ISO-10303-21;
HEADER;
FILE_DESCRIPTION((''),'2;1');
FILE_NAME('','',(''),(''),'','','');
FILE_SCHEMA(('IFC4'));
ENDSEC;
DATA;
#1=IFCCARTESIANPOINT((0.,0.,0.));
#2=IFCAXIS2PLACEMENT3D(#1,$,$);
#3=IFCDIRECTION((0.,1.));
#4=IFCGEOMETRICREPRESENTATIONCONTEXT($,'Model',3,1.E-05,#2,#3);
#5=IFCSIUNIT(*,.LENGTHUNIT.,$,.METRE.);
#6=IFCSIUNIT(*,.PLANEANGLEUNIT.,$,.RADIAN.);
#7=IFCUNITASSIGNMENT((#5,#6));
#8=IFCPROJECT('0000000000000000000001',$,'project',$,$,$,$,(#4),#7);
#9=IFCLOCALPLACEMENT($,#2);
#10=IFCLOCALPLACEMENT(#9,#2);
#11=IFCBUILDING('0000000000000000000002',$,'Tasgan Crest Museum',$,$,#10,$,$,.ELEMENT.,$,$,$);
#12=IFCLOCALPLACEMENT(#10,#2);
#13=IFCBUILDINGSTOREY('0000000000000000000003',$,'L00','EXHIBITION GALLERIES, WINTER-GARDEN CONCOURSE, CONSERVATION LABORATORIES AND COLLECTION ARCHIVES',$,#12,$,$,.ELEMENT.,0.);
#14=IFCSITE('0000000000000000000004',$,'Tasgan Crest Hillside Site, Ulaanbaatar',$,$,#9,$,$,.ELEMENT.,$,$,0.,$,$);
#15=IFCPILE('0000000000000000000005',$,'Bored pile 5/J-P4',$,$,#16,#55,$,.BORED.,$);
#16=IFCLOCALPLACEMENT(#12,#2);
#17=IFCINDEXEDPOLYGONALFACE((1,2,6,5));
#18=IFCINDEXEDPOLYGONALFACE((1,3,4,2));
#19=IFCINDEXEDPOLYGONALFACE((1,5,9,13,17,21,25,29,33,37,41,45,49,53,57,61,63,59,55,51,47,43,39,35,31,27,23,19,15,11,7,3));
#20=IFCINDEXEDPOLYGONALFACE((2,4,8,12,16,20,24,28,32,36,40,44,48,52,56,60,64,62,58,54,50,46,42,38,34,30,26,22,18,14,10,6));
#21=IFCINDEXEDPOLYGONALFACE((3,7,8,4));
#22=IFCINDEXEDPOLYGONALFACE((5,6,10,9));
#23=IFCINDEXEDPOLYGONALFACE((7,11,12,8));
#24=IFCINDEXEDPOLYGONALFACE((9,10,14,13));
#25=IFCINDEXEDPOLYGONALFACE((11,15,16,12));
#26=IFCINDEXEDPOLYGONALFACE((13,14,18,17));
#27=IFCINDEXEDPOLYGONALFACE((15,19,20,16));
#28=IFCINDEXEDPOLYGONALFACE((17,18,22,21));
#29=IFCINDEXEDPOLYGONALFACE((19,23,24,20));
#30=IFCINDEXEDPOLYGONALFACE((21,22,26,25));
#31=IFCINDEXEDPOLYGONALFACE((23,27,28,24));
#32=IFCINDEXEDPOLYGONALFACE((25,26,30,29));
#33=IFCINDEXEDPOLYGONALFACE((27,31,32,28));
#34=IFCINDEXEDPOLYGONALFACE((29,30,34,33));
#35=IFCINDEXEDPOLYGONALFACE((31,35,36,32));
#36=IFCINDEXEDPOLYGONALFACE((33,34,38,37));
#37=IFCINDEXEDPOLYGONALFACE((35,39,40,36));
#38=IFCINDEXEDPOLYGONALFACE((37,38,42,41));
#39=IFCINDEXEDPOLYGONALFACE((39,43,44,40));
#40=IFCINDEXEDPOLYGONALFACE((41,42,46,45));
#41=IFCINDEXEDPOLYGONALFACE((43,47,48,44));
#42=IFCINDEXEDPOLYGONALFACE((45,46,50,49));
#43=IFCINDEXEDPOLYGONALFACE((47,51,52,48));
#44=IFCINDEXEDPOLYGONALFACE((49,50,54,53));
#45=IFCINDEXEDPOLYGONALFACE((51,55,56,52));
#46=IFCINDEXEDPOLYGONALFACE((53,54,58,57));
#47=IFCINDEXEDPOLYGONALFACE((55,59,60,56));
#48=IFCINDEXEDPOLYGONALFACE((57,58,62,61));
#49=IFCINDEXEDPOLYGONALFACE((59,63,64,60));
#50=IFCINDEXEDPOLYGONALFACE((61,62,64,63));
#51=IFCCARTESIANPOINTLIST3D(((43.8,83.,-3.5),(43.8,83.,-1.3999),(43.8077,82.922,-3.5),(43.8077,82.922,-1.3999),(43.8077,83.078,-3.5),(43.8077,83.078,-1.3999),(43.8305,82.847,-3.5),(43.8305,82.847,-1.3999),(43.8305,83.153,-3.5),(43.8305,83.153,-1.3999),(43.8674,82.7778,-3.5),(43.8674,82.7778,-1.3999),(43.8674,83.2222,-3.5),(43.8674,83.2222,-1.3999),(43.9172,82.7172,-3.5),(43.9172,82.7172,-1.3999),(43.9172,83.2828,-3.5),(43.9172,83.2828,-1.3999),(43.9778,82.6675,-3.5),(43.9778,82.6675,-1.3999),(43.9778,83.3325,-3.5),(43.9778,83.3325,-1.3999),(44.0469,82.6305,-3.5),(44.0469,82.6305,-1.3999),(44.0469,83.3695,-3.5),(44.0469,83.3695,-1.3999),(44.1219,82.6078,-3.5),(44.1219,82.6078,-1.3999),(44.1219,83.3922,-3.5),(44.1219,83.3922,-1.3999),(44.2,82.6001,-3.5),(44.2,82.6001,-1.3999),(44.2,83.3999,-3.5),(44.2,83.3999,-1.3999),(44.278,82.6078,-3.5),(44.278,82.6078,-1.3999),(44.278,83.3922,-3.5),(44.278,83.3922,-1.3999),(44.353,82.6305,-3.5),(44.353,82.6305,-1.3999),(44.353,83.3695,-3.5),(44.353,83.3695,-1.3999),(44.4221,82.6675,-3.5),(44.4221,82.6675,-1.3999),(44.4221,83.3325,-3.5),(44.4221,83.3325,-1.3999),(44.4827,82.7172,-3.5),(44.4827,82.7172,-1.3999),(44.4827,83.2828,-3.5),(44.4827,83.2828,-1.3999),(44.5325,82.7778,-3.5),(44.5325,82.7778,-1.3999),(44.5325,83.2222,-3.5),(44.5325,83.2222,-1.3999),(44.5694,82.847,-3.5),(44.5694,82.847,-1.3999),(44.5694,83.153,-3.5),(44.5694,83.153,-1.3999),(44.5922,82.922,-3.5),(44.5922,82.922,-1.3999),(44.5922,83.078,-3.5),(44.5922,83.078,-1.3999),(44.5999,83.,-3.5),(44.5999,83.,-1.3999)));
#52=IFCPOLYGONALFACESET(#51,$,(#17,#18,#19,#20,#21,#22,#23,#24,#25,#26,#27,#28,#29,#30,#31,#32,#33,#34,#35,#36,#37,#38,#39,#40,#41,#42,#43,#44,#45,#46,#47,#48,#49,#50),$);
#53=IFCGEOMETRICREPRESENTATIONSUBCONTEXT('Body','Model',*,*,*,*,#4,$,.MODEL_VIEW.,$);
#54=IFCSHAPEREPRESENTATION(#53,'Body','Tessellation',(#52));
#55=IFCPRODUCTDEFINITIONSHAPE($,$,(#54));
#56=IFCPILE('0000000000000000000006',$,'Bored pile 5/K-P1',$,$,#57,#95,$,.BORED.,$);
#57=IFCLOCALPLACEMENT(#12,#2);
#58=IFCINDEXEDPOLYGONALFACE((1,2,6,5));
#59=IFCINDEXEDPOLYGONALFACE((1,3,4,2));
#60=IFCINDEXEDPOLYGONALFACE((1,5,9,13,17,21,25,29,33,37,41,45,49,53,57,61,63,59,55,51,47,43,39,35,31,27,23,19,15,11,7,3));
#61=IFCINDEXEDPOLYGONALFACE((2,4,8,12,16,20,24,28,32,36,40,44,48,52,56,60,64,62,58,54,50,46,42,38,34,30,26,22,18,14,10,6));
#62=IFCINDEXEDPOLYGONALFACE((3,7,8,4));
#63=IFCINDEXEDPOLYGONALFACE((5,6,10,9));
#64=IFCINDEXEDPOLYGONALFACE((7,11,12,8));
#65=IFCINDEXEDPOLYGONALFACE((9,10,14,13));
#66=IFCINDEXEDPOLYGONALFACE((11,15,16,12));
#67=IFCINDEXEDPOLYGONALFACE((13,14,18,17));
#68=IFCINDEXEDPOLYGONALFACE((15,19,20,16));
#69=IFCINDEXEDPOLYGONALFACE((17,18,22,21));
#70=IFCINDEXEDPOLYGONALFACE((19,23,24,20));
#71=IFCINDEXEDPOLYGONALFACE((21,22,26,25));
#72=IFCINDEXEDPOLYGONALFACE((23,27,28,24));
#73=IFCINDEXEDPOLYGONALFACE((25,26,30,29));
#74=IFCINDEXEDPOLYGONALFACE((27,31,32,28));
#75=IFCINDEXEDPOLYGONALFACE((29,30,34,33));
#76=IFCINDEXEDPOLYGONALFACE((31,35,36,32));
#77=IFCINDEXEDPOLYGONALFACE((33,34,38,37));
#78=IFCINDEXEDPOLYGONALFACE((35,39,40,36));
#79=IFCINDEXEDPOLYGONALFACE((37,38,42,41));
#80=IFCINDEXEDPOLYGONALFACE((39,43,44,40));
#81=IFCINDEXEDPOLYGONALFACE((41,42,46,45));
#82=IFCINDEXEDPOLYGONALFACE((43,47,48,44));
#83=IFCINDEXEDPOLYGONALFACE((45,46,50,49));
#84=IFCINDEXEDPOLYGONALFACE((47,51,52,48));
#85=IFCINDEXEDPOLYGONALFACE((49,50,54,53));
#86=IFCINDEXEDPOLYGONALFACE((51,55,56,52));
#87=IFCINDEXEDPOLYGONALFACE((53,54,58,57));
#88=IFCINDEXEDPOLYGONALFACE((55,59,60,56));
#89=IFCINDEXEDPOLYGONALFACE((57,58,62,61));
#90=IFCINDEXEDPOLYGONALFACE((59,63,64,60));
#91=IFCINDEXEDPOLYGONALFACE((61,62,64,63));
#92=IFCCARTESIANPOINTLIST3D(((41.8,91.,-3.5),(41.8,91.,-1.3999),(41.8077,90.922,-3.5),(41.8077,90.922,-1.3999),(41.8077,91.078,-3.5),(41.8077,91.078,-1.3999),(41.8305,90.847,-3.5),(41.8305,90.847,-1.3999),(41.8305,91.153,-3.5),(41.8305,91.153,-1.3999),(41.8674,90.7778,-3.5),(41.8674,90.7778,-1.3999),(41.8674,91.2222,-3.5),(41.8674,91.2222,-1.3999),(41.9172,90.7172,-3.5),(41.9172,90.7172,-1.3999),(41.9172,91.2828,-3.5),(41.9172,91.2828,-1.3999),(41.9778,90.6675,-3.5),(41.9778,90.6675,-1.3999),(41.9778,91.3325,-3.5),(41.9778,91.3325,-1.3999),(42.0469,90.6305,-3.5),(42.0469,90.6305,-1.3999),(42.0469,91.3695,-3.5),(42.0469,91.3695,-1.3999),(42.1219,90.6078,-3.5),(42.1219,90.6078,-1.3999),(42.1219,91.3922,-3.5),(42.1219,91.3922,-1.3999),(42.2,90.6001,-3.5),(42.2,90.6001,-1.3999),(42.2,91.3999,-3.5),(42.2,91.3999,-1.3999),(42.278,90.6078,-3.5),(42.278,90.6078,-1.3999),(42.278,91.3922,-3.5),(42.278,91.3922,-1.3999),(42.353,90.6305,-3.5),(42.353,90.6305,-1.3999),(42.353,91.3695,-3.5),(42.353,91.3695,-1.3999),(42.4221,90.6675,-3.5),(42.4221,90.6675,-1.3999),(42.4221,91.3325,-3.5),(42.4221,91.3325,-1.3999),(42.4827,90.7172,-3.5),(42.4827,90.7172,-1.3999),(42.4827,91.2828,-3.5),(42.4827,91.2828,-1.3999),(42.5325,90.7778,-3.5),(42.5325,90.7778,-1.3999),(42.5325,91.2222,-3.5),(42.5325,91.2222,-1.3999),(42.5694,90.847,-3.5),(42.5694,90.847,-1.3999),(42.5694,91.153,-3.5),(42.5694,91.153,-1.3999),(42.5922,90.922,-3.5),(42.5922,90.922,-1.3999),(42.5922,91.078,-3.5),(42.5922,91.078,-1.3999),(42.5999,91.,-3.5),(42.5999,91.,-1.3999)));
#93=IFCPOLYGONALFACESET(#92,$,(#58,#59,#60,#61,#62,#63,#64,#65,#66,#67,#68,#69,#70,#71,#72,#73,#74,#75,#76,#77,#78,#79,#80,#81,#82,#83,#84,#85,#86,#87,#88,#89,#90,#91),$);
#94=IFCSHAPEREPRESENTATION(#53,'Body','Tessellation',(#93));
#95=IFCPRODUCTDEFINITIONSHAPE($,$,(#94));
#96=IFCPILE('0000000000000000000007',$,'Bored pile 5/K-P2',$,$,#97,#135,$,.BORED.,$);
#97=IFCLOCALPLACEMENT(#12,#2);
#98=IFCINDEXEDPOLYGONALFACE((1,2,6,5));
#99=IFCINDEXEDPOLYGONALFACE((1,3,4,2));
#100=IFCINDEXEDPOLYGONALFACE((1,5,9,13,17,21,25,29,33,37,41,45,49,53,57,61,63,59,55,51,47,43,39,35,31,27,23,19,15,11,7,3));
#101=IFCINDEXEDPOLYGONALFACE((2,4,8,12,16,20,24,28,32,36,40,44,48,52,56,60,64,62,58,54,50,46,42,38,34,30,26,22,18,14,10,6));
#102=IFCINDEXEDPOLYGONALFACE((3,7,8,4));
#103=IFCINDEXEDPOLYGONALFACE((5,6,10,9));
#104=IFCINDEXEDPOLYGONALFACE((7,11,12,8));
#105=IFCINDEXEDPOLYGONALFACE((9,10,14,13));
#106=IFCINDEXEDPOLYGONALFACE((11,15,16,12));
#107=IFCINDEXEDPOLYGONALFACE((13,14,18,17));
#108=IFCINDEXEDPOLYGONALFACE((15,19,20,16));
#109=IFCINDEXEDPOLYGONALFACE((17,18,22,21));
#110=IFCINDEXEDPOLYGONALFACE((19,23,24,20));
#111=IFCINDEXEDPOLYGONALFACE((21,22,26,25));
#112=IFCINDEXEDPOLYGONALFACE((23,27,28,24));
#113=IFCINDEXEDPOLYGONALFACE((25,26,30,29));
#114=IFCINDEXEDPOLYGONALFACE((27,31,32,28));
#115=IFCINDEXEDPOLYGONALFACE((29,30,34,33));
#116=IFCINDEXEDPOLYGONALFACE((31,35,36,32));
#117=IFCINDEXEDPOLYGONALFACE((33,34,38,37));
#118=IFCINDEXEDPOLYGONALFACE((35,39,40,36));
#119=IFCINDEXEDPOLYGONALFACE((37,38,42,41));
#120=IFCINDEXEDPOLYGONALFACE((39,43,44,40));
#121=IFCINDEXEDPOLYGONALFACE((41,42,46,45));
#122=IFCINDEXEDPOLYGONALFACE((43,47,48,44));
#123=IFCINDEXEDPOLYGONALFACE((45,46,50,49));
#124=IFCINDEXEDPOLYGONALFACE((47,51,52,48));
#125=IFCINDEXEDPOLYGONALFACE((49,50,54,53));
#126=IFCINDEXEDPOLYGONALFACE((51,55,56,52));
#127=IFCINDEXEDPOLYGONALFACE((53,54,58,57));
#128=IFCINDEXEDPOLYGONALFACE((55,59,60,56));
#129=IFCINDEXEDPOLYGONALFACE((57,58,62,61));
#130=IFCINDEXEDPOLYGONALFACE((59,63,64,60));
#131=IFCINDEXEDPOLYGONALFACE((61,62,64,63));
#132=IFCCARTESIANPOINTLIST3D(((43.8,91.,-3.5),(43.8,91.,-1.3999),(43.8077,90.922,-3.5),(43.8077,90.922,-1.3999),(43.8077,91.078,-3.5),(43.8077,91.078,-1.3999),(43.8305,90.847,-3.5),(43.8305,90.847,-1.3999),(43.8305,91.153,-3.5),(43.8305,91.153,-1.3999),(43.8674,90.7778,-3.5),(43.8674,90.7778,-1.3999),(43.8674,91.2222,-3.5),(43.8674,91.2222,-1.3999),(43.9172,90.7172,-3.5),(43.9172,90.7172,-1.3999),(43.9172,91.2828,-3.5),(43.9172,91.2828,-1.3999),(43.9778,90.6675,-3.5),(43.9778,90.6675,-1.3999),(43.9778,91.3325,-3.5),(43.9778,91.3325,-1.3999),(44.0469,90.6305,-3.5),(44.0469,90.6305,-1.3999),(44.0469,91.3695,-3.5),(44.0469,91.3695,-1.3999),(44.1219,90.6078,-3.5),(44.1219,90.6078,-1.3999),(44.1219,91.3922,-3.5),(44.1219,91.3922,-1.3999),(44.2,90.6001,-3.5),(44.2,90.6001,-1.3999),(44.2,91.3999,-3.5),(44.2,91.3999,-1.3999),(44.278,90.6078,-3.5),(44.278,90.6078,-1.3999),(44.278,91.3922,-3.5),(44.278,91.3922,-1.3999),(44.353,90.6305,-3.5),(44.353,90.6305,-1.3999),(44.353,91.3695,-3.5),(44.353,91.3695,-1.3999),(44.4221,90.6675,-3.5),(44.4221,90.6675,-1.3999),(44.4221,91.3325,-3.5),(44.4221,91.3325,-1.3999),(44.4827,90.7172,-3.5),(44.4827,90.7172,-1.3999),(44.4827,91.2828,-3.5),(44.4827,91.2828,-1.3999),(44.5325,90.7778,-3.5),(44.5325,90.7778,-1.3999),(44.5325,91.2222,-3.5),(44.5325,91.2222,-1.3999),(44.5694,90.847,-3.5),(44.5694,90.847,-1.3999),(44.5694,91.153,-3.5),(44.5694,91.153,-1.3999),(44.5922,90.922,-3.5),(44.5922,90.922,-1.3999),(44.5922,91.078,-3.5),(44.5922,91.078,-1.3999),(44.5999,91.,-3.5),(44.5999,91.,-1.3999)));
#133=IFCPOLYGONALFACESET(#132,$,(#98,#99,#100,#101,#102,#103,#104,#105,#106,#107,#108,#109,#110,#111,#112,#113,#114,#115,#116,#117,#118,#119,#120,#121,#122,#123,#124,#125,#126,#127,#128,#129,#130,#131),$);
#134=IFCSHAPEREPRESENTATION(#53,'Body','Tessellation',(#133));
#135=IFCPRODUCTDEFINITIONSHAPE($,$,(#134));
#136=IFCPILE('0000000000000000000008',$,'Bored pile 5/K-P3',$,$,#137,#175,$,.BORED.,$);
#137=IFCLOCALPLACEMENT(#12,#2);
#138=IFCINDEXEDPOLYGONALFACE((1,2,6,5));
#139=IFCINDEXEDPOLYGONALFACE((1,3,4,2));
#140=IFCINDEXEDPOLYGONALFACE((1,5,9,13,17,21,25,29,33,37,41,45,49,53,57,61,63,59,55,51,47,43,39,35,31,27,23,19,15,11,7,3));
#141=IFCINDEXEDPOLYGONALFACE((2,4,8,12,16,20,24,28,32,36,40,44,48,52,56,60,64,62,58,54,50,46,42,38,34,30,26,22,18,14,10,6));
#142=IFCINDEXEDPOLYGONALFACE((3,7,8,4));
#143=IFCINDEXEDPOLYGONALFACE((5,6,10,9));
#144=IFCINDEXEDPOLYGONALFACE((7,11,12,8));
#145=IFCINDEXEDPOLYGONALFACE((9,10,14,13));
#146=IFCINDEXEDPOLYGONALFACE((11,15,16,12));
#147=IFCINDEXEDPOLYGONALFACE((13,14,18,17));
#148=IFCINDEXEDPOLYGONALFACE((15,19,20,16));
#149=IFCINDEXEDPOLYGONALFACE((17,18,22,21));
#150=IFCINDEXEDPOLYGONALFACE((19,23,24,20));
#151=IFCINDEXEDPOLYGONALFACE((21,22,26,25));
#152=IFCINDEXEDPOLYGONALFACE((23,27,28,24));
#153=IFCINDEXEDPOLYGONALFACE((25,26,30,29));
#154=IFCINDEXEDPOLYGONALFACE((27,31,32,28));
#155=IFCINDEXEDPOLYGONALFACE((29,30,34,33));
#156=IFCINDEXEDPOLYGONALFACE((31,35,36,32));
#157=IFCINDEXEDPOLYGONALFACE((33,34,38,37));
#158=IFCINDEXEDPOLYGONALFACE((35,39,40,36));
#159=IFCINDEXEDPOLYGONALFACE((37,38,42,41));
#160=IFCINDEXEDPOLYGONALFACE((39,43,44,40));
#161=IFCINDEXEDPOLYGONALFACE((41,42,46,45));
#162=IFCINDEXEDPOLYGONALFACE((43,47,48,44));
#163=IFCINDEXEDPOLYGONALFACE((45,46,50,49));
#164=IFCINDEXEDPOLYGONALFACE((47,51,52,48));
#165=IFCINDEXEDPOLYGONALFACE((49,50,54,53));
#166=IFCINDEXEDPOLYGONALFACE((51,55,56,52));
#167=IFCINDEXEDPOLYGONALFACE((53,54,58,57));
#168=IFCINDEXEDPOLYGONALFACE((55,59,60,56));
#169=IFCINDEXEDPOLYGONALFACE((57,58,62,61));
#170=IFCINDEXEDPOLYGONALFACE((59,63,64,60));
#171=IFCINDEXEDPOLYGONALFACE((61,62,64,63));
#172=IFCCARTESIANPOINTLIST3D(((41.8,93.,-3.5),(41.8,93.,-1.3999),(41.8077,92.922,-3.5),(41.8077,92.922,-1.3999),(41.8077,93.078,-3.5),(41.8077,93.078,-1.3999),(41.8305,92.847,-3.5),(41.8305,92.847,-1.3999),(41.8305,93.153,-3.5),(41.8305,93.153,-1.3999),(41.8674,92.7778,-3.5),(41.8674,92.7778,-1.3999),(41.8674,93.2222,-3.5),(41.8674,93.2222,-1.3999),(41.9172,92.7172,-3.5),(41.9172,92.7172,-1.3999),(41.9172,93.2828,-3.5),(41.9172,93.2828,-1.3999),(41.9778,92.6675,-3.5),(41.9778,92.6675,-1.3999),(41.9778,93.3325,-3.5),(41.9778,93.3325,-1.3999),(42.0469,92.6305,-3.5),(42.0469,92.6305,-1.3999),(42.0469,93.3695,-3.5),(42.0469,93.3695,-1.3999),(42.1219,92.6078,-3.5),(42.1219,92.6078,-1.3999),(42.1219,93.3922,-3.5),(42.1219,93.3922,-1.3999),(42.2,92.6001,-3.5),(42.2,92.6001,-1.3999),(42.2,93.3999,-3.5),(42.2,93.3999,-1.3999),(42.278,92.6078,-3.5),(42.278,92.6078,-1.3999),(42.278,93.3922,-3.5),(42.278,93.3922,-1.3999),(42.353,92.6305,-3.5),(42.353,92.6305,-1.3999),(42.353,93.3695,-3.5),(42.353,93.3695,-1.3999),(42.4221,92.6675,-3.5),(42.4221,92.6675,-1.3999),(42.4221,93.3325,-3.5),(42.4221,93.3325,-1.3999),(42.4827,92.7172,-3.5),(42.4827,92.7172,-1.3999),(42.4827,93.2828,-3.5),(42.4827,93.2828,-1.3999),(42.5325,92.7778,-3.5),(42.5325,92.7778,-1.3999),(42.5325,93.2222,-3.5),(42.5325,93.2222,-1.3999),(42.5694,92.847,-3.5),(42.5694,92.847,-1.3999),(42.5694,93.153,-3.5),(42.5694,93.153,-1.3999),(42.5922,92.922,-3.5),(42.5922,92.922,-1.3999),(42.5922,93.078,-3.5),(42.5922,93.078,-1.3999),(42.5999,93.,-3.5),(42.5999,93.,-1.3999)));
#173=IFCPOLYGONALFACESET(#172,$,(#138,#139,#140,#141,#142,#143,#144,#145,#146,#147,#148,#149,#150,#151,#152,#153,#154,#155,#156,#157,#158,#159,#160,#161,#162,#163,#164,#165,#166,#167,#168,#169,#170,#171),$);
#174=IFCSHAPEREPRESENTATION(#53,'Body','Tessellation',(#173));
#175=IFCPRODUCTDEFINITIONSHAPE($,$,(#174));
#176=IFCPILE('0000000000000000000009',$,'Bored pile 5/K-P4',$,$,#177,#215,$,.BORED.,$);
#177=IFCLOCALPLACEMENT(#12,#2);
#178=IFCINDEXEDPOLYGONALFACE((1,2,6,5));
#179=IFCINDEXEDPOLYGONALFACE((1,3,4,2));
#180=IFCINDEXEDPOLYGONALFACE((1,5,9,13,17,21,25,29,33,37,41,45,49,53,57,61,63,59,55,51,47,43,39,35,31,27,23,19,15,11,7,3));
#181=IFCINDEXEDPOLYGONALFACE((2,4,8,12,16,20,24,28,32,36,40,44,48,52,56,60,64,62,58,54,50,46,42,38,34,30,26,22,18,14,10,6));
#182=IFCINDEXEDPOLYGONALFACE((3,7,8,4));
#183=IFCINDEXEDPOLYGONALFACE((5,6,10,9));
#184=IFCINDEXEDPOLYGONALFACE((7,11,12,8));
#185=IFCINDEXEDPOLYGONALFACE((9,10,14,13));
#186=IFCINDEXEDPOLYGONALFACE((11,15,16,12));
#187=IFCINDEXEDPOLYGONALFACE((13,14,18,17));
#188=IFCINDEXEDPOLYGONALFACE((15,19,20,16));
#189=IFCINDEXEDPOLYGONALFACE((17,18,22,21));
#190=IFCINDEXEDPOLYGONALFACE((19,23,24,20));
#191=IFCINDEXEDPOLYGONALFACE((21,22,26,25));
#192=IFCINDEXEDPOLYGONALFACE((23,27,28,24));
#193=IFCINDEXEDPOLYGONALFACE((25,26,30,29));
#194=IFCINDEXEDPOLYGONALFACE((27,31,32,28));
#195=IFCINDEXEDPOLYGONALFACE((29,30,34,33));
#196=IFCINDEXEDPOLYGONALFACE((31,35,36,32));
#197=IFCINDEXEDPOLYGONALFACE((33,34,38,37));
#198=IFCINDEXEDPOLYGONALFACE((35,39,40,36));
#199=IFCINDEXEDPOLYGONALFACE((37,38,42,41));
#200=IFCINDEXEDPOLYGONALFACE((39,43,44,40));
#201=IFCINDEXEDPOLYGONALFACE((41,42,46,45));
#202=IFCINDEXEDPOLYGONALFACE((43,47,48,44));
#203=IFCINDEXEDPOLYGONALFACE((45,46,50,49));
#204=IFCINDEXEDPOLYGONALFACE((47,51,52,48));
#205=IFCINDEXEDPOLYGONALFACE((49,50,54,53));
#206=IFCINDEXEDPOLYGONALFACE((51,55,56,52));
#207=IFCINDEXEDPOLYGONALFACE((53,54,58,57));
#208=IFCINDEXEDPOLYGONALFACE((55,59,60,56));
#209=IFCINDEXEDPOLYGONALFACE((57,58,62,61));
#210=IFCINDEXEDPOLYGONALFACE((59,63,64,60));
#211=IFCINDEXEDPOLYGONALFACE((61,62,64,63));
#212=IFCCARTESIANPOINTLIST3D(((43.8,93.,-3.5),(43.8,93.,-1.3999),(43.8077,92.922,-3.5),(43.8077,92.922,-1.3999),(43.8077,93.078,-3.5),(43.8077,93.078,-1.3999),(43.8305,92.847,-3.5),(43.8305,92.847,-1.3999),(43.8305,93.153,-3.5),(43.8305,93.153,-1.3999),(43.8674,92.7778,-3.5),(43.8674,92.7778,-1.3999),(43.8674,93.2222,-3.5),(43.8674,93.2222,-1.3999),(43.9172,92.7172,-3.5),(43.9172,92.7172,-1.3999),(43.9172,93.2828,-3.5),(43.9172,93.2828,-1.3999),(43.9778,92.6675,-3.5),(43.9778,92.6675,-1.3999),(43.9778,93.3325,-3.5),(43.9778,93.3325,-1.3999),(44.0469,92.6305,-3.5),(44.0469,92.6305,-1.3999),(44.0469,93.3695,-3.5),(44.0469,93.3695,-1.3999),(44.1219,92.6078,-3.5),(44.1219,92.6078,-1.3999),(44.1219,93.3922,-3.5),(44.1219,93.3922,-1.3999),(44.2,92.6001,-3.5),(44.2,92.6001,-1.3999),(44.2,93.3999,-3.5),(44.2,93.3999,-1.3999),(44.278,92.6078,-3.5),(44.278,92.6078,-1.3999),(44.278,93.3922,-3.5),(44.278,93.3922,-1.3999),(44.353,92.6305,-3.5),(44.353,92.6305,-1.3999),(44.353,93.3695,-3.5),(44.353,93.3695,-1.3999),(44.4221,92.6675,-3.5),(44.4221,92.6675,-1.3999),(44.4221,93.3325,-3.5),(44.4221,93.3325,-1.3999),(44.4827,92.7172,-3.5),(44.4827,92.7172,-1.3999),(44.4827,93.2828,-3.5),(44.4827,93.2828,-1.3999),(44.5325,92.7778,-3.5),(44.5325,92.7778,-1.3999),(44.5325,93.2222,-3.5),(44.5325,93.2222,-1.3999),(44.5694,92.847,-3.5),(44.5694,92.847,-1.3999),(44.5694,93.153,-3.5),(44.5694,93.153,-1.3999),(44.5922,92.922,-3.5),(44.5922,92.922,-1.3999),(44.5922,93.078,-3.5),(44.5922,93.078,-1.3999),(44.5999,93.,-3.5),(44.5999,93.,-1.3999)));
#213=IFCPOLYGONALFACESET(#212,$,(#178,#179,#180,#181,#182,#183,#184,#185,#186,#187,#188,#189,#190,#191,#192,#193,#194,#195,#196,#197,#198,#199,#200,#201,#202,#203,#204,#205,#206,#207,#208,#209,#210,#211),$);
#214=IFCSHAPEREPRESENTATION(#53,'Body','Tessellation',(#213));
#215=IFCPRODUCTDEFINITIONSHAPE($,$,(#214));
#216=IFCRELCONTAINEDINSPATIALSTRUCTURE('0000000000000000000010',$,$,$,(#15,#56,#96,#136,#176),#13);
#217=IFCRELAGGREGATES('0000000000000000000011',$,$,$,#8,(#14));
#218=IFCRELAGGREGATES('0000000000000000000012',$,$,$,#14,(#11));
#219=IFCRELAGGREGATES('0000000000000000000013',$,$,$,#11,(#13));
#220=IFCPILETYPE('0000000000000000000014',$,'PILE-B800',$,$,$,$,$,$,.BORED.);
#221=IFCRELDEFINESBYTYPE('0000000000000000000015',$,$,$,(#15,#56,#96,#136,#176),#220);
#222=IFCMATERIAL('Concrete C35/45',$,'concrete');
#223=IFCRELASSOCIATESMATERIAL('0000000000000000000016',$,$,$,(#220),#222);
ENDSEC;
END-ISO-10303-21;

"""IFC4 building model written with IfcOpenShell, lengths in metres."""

from ifc_helpers import new_model, si_unit, direction, frame, origin, origin_2d, place, context, subcontext, project, spatial, circle, extrude, material, material_profile, profile_set, type_object, element, save


model = new_model("IFC4")

# Units and contexts
model_context = context("Model", 3, precision=1e-05, world=origin(), true_north=direction((0.0, 1.0)))
body_context = subcontext(model_context, "Body", "Model", "MODEL_VIEW")
ifc_project = project(units=[si_unit("LENGTHUNIT", "METRE"), si_unit("PLANEANGLEUNIT", "RADIAN")], contexts=[model_context])

# Site, building, storey
site_placement = place(None, origin())
site = spatial("IfcSite", under=ifc_project, at=site_placement, Name="Tasgan Crest Hillside Site, Ulaanbaatar", CompositionType="ELEMENT", RefElevation=0.0)
building_placement = place(site_placement, origin())
building = spatial("IfcBuilding", under=site, at=building_placement, Name="Tasgan Crest Museum", CompositionType="ELEMENT")
storey_placement = place(building_placement, origin())
storey = spatial("IfcBuildingStorey", under=building, at=storey_placement, Name="L00", Description="EXHIBITION GALLERIES, WINTER-GARDEN CONCOURSE, CONSERVATION LABORATORIES AND COLLECTION ARCHIVES", CompositionType="ELEMENT", Elevation=0.0)

# Piles
ifc_material_1 = material(Name="Concrete C35/45", Category="concrete")
ifc_material_profile_1 = material_profile(ifc_material_1, circle(Radius=0.3999, at=origin_2d()), Name="PILE D800")
ifc_profile_set_1 = profile_set([ifc_material_profile_1], Name="Concrete C35/45")
pile_type_1 = type_object("IfcPileType", Name="PILE-B800", PredefinedType="BORED", material=ifc_profile_set_1)
for number, where, z_axis, x_axis, name in (
    (1, (44.2, 83.0, -1.3999), (0.0, 0.0, -1.0), (1.0, 0.0, 0.0), "Bored pile 5/J-P4"),
    (2, (42.2, 91.0, -1.3999), (0.0, 0.0, -1.0), (1.0, 0.0, 0.0), "Bored pile 5/K-P1"),
    (3, (44.2, 91.0, -1.3999), (0.0, 0.0, -1.0), (1.0, 0.0, 0.0), "Bored pile 5/K-P2"),
    (4, (42.2, 93.0, -1.3999), (0.0, 0.0, -1.0), (1.0, 0.0, 0.0), "Bored pile 5/K-P3"),
    (5, (44.2, 93.0, -1.3999), (0.0, 0.0, -1.0), (1.0, 0.0, 0.0), "Bored pile 5/K-P4"),
):
    element("IfcPile", number, at=place(storey_placement, frame(where, z_axis=z_axis, x_axis=x_axis)), inside=storey, type_object=pile_type_1, Name=name, PredefinedType="BORED", context=body_context, shape_type="SweptSolid", body=[
        extrude(circle(Radius=0.3999, at=origin_2d()), origin(), (0.0, 0.0, 1.0), 2.1001),
    ])

save(model, "model.ifc")
